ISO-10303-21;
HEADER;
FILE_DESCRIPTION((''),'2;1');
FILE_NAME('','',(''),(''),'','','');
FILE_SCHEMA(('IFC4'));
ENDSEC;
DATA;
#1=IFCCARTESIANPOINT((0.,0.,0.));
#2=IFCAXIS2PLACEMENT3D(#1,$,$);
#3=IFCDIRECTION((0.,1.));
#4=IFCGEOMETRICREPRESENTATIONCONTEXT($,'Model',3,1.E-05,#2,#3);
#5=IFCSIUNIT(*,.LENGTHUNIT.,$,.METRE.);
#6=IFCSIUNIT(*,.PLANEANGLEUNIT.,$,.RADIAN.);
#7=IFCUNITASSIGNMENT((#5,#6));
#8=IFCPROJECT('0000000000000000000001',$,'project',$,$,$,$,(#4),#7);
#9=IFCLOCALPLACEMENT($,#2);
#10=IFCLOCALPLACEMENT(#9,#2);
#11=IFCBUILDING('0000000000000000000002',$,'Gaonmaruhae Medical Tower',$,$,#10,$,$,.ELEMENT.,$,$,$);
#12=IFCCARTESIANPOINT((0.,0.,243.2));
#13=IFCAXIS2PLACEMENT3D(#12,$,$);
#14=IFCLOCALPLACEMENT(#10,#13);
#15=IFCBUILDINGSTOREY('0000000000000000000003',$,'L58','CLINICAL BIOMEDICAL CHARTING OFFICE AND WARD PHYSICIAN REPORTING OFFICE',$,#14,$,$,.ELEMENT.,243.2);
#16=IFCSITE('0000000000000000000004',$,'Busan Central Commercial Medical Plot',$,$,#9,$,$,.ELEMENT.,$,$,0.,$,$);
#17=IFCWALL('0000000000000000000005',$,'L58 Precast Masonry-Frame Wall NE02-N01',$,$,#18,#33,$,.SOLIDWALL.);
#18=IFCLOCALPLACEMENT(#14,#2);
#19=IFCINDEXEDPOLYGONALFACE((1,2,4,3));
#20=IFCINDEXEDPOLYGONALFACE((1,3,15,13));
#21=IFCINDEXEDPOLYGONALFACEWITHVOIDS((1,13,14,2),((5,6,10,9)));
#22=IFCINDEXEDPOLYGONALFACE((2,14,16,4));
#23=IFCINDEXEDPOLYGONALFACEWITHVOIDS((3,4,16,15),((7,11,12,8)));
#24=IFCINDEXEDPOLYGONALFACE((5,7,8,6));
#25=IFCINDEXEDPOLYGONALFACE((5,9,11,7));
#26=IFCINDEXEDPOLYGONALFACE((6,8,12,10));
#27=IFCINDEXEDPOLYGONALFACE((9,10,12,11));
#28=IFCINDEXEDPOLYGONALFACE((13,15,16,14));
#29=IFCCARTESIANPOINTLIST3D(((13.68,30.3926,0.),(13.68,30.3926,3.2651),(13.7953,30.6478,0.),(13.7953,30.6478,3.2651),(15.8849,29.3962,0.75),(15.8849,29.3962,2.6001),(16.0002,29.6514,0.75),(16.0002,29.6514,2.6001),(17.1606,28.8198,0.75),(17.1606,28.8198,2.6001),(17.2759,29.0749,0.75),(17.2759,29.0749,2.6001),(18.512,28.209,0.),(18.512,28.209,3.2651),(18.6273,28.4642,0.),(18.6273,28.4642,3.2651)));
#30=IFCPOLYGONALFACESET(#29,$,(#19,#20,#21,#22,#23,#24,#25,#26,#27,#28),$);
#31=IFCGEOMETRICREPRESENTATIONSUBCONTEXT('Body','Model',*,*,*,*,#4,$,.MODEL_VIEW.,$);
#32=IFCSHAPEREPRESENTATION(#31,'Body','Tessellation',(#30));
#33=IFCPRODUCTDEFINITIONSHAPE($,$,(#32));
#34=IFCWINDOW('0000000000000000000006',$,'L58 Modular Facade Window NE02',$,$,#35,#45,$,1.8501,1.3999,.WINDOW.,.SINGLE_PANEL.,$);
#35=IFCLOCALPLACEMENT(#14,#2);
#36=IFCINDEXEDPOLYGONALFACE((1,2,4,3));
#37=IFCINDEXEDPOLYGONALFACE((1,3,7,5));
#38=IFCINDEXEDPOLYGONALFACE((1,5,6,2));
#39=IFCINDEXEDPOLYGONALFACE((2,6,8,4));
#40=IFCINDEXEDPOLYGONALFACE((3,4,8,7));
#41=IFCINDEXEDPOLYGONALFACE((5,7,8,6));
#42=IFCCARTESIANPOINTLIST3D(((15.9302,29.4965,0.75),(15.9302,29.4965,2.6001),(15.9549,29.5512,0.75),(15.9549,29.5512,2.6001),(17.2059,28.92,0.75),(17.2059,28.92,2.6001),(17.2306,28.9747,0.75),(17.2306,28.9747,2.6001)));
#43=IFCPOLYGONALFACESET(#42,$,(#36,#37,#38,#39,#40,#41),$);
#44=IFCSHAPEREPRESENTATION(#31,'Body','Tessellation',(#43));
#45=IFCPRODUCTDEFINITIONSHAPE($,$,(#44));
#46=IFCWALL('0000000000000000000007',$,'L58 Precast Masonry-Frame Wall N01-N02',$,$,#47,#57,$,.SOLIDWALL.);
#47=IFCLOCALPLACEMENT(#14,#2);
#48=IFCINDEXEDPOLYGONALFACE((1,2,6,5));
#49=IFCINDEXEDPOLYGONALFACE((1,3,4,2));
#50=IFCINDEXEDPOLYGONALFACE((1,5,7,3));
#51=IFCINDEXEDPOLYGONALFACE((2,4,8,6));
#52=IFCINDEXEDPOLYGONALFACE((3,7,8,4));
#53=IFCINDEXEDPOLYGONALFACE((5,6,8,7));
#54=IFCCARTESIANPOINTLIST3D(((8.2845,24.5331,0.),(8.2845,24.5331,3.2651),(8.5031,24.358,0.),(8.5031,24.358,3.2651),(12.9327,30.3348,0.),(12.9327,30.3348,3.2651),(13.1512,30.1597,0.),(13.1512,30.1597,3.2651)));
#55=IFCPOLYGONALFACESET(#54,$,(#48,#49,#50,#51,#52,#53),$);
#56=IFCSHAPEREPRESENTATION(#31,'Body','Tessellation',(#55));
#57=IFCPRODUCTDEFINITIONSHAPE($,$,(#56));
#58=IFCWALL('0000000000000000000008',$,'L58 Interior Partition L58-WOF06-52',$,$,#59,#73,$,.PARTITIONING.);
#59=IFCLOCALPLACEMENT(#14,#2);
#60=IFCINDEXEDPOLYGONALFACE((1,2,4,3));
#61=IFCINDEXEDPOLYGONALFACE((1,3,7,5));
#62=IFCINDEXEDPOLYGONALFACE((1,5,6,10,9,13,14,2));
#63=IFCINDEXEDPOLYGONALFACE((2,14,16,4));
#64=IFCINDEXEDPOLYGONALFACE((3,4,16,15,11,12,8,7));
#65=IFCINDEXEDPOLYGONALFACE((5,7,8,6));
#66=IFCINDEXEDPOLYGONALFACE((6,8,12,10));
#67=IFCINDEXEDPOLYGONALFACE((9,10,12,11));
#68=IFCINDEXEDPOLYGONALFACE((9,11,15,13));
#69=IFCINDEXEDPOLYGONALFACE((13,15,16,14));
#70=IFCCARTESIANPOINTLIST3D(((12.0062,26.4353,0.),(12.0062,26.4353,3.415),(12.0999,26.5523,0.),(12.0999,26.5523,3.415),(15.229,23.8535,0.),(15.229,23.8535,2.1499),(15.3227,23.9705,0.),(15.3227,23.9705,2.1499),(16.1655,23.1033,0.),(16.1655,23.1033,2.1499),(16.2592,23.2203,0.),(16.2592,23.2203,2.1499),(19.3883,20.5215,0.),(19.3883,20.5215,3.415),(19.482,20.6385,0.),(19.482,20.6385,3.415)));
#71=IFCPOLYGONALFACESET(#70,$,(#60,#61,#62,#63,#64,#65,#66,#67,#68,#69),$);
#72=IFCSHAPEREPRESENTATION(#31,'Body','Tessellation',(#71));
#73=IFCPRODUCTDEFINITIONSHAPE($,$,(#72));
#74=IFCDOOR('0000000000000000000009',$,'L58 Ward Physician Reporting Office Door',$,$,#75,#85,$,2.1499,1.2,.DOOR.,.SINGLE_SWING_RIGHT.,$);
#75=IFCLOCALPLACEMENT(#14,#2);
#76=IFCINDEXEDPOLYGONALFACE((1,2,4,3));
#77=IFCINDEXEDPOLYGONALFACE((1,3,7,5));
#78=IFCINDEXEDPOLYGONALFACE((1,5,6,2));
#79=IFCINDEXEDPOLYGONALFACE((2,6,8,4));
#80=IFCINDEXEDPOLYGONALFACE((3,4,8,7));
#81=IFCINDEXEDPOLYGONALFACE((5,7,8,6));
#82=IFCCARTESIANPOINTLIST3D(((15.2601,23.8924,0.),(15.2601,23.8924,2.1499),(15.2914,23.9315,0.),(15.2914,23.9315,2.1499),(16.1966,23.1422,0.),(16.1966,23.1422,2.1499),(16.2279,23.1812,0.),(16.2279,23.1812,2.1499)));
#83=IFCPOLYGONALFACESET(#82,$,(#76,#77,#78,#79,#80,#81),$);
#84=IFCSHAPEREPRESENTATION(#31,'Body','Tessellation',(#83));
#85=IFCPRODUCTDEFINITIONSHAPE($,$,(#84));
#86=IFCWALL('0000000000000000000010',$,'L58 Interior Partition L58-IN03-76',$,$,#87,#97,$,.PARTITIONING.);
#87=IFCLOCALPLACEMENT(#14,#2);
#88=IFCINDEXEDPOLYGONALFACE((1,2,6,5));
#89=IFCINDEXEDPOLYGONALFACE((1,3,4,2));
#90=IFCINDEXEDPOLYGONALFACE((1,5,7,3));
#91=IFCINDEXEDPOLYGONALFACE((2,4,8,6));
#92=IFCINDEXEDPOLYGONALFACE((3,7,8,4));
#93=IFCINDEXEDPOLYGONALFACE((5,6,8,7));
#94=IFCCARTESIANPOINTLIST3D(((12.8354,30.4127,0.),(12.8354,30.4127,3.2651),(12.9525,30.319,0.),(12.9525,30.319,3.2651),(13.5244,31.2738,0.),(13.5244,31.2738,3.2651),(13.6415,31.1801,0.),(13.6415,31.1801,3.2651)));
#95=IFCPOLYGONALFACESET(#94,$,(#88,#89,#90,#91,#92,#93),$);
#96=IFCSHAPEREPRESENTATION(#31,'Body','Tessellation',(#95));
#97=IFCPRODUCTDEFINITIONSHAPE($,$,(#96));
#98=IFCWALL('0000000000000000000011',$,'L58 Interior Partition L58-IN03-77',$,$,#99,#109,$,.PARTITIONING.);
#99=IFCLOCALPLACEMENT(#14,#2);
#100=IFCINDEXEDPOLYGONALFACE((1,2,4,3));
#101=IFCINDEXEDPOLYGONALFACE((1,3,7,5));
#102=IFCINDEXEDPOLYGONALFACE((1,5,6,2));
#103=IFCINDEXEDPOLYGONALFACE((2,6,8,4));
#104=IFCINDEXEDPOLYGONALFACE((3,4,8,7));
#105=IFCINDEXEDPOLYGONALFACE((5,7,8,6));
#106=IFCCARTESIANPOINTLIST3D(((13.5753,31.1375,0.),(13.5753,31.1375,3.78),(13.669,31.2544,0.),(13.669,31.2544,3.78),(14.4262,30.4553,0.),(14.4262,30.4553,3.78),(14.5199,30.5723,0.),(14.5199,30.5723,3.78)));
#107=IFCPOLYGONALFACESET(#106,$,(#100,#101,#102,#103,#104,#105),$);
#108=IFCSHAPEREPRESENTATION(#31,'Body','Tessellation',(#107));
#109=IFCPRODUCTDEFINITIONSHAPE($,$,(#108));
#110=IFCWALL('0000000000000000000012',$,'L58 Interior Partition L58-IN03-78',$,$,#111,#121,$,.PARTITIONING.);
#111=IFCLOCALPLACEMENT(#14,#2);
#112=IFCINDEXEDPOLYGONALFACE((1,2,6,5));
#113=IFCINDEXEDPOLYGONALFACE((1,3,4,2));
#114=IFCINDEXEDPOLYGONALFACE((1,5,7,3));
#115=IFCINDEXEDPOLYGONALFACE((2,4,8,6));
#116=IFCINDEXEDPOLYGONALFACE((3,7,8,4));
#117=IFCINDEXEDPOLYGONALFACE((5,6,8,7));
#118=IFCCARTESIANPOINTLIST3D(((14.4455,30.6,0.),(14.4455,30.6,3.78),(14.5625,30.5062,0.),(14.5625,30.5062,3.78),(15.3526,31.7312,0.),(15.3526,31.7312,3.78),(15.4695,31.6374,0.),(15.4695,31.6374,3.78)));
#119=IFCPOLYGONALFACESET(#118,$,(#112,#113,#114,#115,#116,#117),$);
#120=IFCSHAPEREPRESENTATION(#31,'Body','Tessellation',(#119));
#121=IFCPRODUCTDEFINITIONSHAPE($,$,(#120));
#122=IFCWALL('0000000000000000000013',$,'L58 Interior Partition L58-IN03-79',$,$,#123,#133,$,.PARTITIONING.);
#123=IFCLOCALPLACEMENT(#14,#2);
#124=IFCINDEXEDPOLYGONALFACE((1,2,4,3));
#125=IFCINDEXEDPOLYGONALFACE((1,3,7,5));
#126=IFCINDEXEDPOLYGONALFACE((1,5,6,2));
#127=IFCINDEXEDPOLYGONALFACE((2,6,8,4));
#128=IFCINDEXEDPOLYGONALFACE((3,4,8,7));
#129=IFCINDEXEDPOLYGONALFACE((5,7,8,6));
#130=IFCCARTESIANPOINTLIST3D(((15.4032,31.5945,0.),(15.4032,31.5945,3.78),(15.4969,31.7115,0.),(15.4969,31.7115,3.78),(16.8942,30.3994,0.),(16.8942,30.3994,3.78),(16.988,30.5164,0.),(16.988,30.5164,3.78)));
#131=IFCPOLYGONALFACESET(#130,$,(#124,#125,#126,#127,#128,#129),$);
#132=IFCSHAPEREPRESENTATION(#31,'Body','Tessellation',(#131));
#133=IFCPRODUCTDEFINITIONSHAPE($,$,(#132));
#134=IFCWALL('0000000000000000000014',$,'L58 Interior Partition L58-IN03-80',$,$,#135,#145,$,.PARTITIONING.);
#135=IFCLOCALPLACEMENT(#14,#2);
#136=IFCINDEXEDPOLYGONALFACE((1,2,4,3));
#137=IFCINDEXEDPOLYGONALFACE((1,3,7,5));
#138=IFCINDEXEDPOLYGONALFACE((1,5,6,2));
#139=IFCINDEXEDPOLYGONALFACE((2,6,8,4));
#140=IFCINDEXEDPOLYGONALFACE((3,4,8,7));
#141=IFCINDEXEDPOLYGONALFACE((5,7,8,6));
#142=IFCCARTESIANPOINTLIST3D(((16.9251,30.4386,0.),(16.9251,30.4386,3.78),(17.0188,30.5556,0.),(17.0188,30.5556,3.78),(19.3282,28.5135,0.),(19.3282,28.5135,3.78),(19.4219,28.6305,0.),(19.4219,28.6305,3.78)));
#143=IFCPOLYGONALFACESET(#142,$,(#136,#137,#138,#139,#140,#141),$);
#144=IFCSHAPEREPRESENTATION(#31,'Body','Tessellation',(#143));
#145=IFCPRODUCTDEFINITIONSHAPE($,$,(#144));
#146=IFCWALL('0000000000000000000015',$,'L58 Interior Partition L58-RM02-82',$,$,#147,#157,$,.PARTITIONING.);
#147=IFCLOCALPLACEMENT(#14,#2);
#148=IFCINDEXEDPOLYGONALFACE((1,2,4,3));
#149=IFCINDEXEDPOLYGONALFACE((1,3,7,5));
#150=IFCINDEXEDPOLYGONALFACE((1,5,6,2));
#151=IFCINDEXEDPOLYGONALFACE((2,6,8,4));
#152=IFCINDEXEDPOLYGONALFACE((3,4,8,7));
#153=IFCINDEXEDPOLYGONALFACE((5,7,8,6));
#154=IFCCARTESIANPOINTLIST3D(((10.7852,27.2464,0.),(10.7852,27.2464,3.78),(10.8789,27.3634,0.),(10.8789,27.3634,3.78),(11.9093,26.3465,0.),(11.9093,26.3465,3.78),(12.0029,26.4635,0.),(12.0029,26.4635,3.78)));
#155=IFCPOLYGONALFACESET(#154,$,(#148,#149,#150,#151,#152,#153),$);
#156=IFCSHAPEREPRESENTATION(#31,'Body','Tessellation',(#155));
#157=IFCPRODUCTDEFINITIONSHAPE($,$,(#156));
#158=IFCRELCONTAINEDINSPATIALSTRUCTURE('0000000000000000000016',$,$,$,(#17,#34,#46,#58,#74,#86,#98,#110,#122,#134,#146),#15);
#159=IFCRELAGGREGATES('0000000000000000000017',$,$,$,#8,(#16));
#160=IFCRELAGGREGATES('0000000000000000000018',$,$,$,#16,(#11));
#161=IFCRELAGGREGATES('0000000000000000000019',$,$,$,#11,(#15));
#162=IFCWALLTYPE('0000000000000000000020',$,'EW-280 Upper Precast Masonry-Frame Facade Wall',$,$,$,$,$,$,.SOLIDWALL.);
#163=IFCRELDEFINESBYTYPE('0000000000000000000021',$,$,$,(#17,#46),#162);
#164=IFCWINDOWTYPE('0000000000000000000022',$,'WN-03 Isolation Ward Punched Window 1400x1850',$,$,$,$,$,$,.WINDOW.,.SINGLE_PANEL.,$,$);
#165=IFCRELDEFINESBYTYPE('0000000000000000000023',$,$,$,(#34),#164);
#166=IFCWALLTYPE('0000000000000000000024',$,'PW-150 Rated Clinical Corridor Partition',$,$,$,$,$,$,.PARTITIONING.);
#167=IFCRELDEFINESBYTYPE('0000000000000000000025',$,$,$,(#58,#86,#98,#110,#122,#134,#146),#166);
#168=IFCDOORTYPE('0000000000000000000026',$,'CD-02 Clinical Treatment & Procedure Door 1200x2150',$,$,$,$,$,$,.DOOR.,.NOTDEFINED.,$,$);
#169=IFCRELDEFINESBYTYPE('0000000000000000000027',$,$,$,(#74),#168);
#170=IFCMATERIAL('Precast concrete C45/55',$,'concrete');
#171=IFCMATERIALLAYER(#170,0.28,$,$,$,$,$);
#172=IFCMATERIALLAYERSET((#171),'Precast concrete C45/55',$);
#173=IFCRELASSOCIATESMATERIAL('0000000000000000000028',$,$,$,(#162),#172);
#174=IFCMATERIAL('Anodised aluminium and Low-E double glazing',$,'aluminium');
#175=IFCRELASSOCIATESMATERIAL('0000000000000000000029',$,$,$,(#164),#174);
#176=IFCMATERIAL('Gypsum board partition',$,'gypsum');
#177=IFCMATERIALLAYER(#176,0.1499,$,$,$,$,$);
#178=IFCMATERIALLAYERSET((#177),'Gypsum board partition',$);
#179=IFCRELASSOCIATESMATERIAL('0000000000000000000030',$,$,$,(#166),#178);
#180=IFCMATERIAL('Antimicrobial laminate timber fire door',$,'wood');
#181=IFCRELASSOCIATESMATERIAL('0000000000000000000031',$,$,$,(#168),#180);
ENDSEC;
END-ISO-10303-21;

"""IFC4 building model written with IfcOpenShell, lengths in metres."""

from ifc_helpers import new_model, si_unit, direction, frame, frame_2d, origin, place, context, subcontext, project, spatial, rectangle, extrude, material, layer, layer_set, type_object, element, fill, save


model = new_model("IFC4")

# Units and contexts
model_context = context("Model", 3, precision=1e-05, world=origin(), true_north=direction((0.0, 1.0)))
body_context = subcontext(model_context, "Body", "Model", "MODEL_VIEW")
ifc_project = project(units=[si_unit("LENGTHUNIT", "METRE"), si_unit("PLANEANGLEUNIT", "RADIAN")], contexts=[model_context])

# Site, building, storey
site_placement = place(None, origin())
site = spatial("IfcSite", under=ifc_project, at=site_placement, Name="Busan Central Commercial Medical Plot", CompositionType="ELEMENT", RefElevation=0.0)
building_placement = place(site_placement, origin())
building = spatial("IfcBuilding", under=site, at=building_placement, Name="Gaonmaruhae Medical Tower", CompositionType="ELEMENT")
storey_placement = place(building_placement, frame((0.0, 0.0, 243.2)))
storey = spatial("IfcBuildingStorey", under=building, at=storey_placement, Name="L58", Description="CLINICAL BIOMEDICAL CHARTING OFFICE AND WARD PHYSICIAN REPORTING OFFICE", CompositionType="ELEMENT", Elevation=243.2)

# Wall, opening, window
ifc_material_1 = material(Name="Precast concrete C45/55", Category="concrete")
ifc_layer_1 = layer(ifc_material_1, 0.28)
ifc_layer_set_1 = layer_set([ifc_layer_1], Name="Precast concrete C45/55")
wall_type_1 = type_object("IfcWallType", Name="EW-280 Upper Precast Masonry-Frame Facade Wall", PredefinedType="SOLIDWALL", material=ifc_layer_set_1)
wall_1_placement = place(storey_placement, frame((13.7375, 30.5203, 0.0), z_axis=(0.0, 0.0, 1.0), x_axis=(0.911273, -0.411804, 0.0)))
wall_1 = element("IfcWall", 1, at=wall_1_placement, inside=storey, type_object=wall_type_1, Name="L58 Precast Masonry-Frame Wall NE02-N01", PredefinedType="SOLIDWALL", context=body_context, shape_type="SweptSolid", body=[
    extrude(rectangle(XDim=5.3025, YDim=0.28, at=frame_2d((2.6514, 0.0))), origin(), (0.0, 0.0, 1.0), 3.2651),
])
opening_1_placement = place(wall_1_placement, frame((2.4197, 0.0, 0.75)))
opening_1 = element("IfcOpeningElement", 2, at=opening_1_placement, cuts=wall_1, PredefinedType="OPENING", context=body_context, shape_type="SweptSolid", body=[
    extrude(rectangle(XDim=1.3999, YDim=1.8501, at=frame_2d((0.7, 0.925))), frame((0.0, 0.1499, 0.0), z_axis=(0.0, -1.0, 0.0), x_axis=(1.0, 0.0, 0.0)), (0.0, 0.0, 1.0), 0.3),
])
ifc_material_2 = material(Name="Anodised aluminium and Low-E double glazing", Category="aluminium")
window_type = type_object("IfcWindowType", Name="WN-03 Isolation Ward Punched Window 1400x1850", PartitioningType="SINGLE_PANEL", PredefinedType="WINDOW", material=ifc_material_2)
window_placement = place(opening_1_placement, origin())
window = element("IfcWindow", 3, at=window_placement, inside=storey, type_object=window_type, Name="L58 Modular Facade Window NE02", OverallHeight=1.8501, OverallWidth=1.3999, PartitioningType="SINGLE_PANEL", PredefinedType="WINDOW", context=body_context, shape_type="SweptSolid", body=[
    extrude(rectangle(XDim=1.3999, YDim=1.8501, at=frame_2d((0.7, 0.925))), frame((0.0, 0.03, 0.0), z_axis=(0.0, -1.0, 0.0), x_axis=(1.0, 0.0, 0.0)), (0.0, 0.0, 1.0), 0.0601),
])
fill(opening_1, window)

# Wall
wall_2_placement = place(storey_placement, frame((8.3938, 24.4456, 0.0), z_axis=(0.0, 0.0, 1.0), x_axis=(0.625252, 0.780423, 0.0)))
element("IfcWall", 4, at=wall_2_placement, inside=storey, type_object=wall_type_1, Name="L58 Precast Masonry-Frame Wall N01-N02", PredefinedType="SOLIDWALL", context=body_context, shape_type="SweptSolid", body=[
    extrude(rectangle(XDim=7.4341, YDim=0.28, at=frame_2d((3.717, 0.0))), origin(), (0.0, 0.0, 1.0), 3.2651),
])

# Wall, opening, door
ifc_material_3 = material(Name="Gypsum board partition", Category="gypsum")
ifc_layer_2 = layer(ifc_material_3, 0.1499)
ifc_layer_set_2 = layer_set([ifc_layer_2], Name="Gypsum board partition")
wall_type_2 = type_object("IfcWallType", Name="PW-150 Rated Clinical Corridor Partition", PredefinedType="PARTITIONING", material=ifc_layer_set_2)
wall_3_placement = place(storey_placement, frame((12.053, 26.4939, 0.0), z_axis=(0.0, 0.0, 1.0), x_axis=(0.780448, -0.625221, 0.0)))
wall_3 = element("IfcWall", 5, at=wall_3_placement, inside=storey, type_object=wall_type_2, Name="L58 Interior Partition L58-WOF06-52", PredefinedType="PARTITIONING", context=body_context, shape_type="SweptSolid", body=[
    extrude(rectangle(XDim=9.4587, YDim=0.1499, at=frame_2d((4.7295, 0.0))), origin(), (0.0, 0.0, 1.0), 3.415),
])
opening_2_placement = place(wall_3_placement, frame((4.1294, 0.0, 0.0)))
opening_2 = element("IfcOpeningElement", 6, at=opening_2_placement, cuts=wall_3, PredefinedType="OPENING", context=body_context, shape_type="SweptSolid", body=[
    extrude(rectangle(XDim=1.2, YDim=2.1499, at=frame_2d((0.6001, 1.075))), frame((0.0, 0.085, 0.0), z_axis=(0.0, -1.0, 0.0), x_axis=(1.0, 0.0, 0.0)), (0.0, 0.0, 1.0), 0.1699),
])
ifc_material_4 = material(Name="Antimicrobial laminate timber fire door", Category="wood")
door_type_1 = type_object("IfcDoorType", Name="CD-02 Clinical Treatment & Procedure Door 1200x2150", OperationType="NOTDEFINED", PredefinedType="DOOR", material=ifc_material_4)
door_1_placement = place(opening_2_placement, origin())
door_1 = element("IfcDoor", 7, at=door_1_placement, inside=storey, type_object=door_type_1, Name="L58 Ward Physician Reporting Office Door", OperationType="SINGLE_SWING_RIGHT", OverallHeight=2.1499, OverallWidth=1.2, PredefinedType="DOOR", context=body_context, shape_type="SweptSolid", body=[
    extrude(rectangle(XDim=1.2, YDim=2.1499, at=frame_2d((0.6001, 1.075))), frame((0.0, 0.0249, 0.0), z_axis=(0.0, -1.0, 0.0), x_axis=(1.0, 0.0, 0.0)), (0.0, 0.0, 1.0), 0.05),
])
fill(opening_2, door_1)

# Walls
wall_4_placement = place(storey_placement, frame((12.894, 30.366, 0.0), z_axis=(0.0, 0.0, 1.0), x_axis=(0.624749, 0.780826, 0.0)))
element("IfcWall", 8, at=wall_4_placement, inside=storey, type_object=wall_type_2, Name="L58 Interior Partition L58-IN03-76", PredefinedType="PARTITIONING", context=body_context, shape_type="SweptSolid", body=[
    extrude(rectangle(XDim=1.1028, YDim=0.1499, at=frame_2d((0.5513, 0.0))), origin(), (0.0, 0.0, 1.0), 3.2651),
])
wall_5_placement = place(storey_placement, frame((13.6221, 31.196, 0.0), z_axis=(0.0, 0.0, 1.0), x_axis=(0.780213, -0.625514, 0.0)))
element("IfcWall", 9, at=wall_5_placement, inside=storey, type_object=wall_type_2, Name="L58 Interior Partition L58-IN03-77", PredefinedType="PARTITIONING", context=body_context, shape_type="SweptSolid", body=[
    extrude(rectangle(XDim=1.0906, YDim=0.1499, at=frame_2d((0.5454, 0.0))), origin(), (0.0, 0.0, 1.0), 3.78),
])
wall_6_placement = place(storey_placement, frame((14.5039, 30.553, 0.0), z_axis=(0.0, 0.0, 1.0), x_axis=(0.625578, 0.780162, 0.0)))
element("IfcWall", 10, at=wall_6_placement, inside=storey, type_object=wall_type_2, Name="L58 Interior Partition L58-IN03-78", PredefinedType="PARTITIONING", context=body_context, shape_type="SweptSolid", body=[
    extrude(rectangle(XDim=1.45, YDim=0.1499, at=frame_2d((0.7251, 0.0))), origin(), (0.0, 0.0, 1.0), 3.78),
])
wall_7_placement = place(storey_placement, frame((15.45, 31.6531, 0.0), z_axis=(0.0, 0.0, 1.0), x_axis=(0.780283, -0.625427, 0.0)))
element("IfcWall", 11, at=wall_7_placement, inside=storey, type_object=wall_type_2, Name="L58 Interior Partition L58-IN03-79", PredefinedType="PARTITIONING", context=body_context, shape_type="SweptSolid", body=[
    extrude(rectangle(XDim=1.9109, YDim=0.1499, at=frame_2d((0.9556, 0.0))), origin(), (0.0, 0.0, 1.0), 3.78),
])
wall_8_placement = place(storey_placement, frame((16.9719, 30.4971, 0.0), z_axis=(0.0, 0.0, 1.0), x_axis=(0.780459, -0.625207, 0.0)))
element("IfcWall", 12, at=wall_8_placement, inside=storey, type_object=wall_type_2, Name="L58 Interior Partition L58-IN03-80", PredefinedType="PARTITIONING", context=body_context, shape_type="SweptSolid", body=[
    extrude(rectangle(XDim=3.0791, YDim=0.1499, at=frame_2d((1.5396, 0.0))), origin(), (0.0, 0.0, 1.0), 3.78),
])
wall_9_placement = place(storey_placement, frame((10.832, 27.3049, 0.0), z_axis=(0.0, 0.0, 1.0), x_axis=(0.780637, -0.624984, 0.0)))
element("IfcWall", 13, at=wall_9_placement, inside=storey, type_object=wall_type_2, Name="L58 Interior Partition L58-RM02-82", PredefinedType="PARTITIONING", context=body_context, shape_type="SweptSolid", body=[
    extrude(rectangle(XDim=1.4399, YDim=0.1499, at=frame_2d((0.72, 0.0))), origin(), (0.0, 0.0, 1.0), 3.78),
])

save(model, "model.ifc")
